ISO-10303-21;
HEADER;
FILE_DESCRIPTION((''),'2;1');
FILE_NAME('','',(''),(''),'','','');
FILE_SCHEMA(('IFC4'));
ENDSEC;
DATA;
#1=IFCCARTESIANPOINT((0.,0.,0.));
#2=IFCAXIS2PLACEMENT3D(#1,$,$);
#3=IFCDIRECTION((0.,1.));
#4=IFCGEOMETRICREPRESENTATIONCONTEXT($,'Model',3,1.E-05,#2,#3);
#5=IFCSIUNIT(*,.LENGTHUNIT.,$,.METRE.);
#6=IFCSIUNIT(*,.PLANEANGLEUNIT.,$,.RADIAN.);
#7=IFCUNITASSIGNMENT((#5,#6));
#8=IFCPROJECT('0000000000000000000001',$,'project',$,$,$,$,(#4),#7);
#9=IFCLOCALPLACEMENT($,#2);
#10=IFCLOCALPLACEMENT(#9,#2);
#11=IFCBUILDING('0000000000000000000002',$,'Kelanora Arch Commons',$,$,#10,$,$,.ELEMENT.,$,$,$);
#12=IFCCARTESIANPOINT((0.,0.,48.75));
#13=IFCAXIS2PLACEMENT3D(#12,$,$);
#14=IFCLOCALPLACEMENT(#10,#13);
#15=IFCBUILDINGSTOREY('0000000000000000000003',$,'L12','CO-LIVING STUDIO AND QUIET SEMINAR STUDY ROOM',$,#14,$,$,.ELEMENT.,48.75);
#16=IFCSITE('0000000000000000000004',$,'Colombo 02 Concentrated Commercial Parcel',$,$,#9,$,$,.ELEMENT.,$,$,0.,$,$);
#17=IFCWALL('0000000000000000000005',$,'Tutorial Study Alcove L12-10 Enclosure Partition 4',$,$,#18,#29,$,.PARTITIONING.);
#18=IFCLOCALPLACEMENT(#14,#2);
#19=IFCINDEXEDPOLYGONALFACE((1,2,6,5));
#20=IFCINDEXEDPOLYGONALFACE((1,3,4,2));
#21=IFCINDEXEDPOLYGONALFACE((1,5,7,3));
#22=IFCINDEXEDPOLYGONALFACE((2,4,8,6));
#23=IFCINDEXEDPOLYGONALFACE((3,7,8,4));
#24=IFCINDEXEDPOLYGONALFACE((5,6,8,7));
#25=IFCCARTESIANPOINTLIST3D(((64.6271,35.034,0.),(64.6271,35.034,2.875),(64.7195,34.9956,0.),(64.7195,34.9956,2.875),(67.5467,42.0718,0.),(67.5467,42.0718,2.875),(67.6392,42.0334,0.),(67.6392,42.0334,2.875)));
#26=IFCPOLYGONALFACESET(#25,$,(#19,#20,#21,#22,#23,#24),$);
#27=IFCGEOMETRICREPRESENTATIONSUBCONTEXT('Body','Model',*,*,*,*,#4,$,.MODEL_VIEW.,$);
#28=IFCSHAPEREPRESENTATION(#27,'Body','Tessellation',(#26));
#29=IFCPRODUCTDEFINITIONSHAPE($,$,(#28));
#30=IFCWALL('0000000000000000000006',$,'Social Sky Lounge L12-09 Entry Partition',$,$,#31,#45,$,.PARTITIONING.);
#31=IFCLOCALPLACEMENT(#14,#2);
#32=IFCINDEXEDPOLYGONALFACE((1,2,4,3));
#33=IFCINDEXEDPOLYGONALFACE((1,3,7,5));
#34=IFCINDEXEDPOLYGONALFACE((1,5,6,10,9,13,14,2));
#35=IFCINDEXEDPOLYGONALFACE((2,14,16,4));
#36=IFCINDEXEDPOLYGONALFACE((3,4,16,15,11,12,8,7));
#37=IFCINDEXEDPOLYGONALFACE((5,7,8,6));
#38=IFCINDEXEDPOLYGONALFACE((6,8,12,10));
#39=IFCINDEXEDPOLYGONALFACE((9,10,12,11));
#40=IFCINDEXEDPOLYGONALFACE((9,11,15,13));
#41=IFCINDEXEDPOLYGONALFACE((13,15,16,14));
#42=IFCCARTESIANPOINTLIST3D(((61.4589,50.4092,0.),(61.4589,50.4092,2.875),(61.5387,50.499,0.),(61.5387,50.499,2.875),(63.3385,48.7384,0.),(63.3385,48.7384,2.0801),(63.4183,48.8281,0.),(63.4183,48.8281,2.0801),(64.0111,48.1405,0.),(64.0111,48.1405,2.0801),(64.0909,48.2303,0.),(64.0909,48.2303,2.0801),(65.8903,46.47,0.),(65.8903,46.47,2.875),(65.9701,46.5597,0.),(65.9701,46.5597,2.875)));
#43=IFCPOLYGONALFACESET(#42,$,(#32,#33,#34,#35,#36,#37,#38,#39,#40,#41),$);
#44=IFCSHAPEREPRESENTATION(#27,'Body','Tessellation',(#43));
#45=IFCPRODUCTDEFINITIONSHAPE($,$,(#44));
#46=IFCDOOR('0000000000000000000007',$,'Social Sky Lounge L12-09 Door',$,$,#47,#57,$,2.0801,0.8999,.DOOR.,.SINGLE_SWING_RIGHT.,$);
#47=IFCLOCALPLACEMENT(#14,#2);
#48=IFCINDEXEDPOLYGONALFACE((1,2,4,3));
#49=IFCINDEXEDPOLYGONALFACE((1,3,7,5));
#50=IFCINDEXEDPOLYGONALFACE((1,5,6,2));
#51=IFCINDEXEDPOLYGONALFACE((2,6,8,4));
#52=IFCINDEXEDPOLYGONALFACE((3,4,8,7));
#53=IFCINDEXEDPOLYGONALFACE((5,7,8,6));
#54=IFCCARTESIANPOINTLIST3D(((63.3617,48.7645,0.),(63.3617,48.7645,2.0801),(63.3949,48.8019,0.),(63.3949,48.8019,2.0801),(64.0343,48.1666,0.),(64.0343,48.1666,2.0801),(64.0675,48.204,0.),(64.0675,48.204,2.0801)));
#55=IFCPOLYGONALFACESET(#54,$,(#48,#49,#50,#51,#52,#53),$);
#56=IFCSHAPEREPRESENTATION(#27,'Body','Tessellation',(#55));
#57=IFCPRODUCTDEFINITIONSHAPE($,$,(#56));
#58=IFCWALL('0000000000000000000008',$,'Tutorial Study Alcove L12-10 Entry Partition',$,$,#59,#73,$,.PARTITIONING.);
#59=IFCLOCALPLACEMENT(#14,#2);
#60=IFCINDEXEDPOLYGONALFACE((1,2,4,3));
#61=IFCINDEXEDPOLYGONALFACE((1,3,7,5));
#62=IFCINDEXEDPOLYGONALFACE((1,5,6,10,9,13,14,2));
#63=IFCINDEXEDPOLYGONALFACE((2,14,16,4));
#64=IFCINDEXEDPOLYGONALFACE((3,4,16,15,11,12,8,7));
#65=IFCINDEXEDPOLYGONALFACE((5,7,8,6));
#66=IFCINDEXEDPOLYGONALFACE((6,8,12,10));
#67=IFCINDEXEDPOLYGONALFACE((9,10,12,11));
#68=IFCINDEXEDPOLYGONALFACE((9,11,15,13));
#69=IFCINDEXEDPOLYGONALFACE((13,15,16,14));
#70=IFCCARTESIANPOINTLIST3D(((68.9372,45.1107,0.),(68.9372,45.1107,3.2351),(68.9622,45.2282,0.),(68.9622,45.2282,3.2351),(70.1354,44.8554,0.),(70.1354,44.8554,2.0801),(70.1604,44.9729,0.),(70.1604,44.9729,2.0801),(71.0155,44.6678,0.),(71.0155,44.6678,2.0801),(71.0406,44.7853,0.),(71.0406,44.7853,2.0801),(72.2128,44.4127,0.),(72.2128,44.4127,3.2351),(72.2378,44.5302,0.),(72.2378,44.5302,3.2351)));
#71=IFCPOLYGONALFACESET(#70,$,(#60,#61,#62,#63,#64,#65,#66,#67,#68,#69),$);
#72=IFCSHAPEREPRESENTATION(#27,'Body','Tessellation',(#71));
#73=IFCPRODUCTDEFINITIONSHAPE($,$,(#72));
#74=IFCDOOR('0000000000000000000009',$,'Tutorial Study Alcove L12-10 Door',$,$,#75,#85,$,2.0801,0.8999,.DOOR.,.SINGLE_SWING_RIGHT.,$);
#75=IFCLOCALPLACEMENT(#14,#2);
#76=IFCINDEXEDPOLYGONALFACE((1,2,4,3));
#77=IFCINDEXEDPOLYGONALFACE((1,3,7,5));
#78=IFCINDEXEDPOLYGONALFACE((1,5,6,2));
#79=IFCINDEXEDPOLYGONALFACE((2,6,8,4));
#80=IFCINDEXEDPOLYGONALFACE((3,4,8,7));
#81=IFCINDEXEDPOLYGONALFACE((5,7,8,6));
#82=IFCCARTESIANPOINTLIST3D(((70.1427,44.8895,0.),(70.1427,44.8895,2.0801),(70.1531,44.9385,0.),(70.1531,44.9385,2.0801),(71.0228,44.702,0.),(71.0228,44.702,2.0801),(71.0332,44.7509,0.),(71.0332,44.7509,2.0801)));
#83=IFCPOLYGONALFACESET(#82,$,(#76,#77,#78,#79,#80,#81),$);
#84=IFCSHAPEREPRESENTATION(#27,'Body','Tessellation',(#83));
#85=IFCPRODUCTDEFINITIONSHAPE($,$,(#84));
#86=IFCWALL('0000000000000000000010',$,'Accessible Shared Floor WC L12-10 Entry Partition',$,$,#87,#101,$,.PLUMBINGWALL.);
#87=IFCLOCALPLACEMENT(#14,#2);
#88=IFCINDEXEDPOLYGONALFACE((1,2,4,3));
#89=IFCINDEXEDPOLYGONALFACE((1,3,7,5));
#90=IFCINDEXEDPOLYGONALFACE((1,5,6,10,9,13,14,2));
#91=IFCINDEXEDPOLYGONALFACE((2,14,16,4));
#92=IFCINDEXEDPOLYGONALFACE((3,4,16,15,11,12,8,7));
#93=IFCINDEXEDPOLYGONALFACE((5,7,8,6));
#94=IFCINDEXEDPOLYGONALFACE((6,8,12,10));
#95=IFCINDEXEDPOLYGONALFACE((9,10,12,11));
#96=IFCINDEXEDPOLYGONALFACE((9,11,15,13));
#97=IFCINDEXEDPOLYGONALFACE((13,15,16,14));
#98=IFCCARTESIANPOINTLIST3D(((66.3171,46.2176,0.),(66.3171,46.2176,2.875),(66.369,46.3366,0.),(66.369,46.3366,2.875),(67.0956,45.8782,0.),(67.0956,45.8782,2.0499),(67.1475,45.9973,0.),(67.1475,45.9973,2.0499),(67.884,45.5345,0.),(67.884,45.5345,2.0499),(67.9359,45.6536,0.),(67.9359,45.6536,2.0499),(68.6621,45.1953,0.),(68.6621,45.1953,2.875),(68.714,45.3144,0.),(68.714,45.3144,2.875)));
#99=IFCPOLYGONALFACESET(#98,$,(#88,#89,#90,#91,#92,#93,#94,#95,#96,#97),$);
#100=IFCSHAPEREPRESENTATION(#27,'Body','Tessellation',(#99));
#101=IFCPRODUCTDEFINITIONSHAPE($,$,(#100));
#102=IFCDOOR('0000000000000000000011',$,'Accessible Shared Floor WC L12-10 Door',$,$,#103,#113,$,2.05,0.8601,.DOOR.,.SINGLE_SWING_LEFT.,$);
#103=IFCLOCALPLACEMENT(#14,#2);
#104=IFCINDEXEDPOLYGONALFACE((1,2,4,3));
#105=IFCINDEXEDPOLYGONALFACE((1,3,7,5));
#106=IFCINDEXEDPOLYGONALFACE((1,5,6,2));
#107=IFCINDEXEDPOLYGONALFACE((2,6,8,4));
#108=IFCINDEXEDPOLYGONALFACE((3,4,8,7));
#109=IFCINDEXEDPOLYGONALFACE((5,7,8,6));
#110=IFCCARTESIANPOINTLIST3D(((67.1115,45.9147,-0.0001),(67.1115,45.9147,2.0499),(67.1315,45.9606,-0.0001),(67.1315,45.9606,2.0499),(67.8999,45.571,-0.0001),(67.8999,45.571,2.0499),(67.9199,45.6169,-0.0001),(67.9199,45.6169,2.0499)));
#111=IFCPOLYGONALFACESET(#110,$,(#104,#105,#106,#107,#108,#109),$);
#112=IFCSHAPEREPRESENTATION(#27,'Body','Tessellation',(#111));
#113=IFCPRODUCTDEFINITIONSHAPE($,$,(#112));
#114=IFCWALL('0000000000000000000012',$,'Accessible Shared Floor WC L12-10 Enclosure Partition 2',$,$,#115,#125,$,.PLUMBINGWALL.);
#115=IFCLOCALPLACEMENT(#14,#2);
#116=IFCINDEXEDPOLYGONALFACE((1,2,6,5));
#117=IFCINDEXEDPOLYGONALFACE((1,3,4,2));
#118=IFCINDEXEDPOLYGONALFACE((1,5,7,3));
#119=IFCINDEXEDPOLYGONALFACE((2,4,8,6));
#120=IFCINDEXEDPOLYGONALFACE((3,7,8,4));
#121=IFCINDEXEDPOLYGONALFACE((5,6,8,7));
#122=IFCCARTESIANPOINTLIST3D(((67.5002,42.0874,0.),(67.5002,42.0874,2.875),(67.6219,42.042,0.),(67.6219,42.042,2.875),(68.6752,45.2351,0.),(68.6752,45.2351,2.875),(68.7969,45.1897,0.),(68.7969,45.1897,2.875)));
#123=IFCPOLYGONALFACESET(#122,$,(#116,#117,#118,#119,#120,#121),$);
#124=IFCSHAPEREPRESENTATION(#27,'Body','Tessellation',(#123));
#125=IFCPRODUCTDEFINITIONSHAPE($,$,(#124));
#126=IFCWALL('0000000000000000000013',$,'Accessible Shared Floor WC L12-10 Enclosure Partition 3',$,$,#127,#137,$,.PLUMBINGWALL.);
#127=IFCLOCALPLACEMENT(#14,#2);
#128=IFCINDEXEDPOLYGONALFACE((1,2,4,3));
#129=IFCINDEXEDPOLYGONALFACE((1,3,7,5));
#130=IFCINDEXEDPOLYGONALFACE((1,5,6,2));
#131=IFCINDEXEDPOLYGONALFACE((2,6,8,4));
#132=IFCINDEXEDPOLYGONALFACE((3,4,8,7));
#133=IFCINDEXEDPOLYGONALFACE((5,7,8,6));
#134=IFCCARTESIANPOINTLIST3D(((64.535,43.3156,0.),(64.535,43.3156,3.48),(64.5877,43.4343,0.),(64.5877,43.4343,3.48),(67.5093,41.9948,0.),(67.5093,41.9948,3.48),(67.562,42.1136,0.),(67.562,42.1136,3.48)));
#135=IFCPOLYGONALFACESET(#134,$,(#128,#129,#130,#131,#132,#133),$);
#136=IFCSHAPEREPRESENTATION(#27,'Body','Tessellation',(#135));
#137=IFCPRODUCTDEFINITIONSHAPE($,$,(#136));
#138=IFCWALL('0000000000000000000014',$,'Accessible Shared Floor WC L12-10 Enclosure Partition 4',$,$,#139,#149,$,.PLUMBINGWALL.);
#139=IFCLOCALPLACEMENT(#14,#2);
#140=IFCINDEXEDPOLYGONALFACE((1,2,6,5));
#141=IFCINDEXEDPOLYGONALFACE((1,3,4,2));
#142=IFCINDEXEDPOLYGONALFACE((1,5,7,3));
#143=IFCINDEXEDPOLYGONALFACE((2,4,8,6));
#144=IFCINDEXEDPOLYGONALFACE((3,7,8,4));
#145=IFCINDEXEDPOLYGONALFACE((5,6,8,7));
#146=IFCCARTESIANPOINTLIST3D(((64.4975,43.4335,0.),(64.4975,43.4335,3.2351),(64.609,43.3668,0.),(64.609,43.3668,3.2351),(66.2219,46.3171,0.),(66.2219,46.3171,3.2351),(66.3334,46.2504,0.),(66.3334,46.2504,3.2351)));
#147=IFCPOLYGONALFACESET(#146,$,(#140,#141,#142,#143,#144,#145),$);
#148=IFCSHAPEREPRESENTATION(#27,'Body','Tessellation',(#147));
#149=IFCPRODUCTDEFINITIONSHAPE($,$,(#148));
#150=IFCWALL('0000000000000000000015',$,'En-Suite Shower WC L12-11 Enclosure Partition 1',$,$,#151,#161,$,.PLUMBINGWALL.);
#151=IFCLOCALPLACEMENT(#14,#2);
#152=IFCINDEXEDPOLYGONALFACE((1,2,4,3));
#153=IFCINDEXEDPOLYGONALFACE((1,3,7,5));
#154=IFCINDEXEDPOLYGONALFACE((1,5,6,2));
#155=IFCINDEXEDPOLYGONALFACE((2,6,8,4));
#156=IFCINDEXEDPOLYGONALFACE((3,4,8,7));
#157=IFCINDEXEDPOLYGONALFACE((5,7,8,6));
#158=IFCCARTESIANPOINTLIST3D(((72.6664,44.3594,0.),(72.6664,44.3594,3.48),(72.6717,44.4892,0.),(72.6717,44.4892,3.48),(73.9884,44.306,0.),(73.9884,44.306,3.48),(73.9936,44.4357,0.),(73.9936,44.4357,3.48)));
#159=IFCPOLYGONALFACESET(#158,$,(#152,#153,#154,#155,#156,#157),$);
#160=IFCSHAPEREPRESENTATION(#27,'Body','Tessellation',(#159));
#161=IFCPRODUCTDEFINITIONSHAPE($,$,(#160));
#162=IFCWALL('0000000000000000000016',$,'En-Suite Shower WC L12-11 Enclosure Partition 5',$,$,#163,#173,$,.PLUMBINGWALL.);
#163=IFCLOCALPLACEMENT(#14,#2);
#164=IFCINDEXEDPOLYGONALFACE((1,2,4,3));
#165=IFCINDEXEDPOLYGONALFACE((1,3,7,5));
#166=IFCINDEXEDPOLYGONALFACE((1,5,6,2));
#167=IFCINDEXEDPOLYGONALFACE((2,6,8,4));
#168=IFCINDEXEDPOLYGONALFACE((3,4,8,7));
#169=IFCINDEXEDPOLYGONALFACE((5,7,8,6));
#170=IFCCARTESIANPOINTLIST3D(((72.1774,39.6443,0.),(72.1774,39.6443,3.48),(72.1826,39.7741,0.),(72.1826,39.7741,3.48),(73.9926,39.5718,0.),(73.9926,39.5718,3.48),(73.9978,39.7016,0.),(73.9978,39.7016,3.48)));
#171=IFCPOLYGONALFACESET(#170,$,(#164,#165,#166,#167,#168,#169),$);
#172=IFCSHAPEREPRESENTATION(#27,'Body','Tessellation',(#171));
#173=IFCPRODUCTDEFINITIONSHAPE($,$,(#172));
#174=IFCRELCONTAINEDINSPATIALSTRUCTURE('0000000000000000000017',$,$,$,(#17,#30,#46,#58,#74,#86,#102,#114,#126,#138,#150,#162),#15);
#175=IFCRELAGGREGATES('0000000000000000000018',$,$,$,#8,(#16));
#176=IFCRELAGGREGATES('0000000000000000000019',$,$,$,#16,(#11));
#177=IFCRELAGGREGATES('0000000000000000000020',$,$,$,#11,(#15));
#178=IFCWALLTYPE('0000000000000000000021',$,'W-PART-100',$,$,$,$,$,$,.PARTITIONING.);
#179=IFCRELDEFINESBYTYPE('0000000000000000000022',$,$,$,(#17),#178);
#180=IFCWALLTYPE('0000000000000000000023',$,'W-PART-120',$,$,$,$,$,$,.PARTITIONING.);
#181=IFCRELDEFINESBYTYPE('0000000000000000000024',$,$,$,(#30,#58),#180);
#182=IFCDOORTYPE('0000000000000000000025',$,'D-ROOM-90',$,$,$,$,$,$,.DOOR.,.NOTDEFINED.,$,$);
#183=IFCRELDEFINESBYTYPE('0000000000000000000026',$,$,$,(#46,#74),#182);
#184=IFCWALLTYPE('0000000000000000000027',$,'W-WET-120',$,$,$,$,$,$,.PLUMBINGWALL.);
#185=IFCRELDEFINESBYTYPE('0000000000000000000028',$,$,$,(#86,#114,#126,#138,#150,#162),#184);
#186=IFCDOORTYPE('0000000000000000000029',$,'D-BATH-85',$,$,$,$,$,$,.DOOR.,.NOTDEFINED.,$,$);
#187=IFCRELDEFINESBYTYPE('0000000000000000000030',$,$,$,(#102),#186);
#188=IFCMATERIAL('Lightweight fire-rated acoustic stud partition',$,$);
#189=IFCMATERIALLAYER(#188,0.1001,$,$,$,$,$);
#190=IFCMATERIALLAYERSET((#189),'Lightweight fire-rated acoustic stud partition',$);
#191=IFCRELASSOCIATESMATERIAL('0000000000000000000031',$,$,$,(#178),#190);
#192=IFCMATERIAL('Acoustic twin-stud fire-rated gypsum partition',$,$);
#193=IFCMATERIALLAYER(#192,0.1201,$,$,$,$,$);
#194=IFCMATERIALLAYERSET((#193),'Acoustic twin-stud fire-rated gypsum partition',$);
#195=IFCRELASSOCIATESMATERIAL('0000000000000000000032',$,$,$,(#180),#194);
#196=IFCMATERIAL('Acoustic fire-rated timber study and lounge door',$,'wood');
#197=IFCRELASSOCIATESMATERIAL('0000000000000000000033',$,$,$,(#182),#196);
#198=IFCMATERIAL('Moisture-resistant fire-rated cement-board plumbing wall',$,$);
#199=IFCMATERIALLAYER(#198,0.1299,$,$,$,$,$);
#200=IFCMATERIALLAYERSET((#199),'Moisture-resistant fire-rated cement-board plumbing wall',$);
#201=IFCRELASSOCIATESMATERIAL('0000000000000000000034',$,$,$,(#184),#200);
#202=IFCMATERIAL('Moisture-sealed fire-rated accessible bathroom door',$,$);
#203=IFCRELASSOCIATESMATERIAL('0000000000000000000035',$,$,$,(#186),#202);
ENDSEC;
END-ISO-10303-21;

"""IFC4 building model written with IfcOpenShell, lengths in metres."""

from ifc_helpers import new_model, si_unit, direction, frame, frame_2d, origin, place, context, subcontext, project, spatial, rectangle, extrude, material, layer, layer_set, type_object, element, fill, save


model = new_model("IFC4")

# Units and contexts
model_context = context("Model", 3, precision=1e-05, world=origin(), true_north=direction((0.0, 1.0)))
body_context = subcontext(model_context, "Body", "Model", "MODEL_VIEW")
ifc_project = project(units=[si_unit("LENGTHUNIT", "METRE"), si_unit("PLANEANGLEUNIT", "RADIAN")], contexts=[model_context])

# Site, building, storey
site_placement = place(None, origin())
site = spatial("IfcSite", under=ifc_project, at=site_placement, Name="Colombo 02 Concentrated Commercial Parcel", CompositionType="ELEMENT", RefElevation=0.0)
building_placement = place(site_placement, origin())
building = spatial("IfcBuilding", under=site, at=building_placement, Name="Kelanora Arch Commons", CompositionType="ELEMENT")
storey_placement = place(building_placement, frame((0.0, 0.0, 48.75)))
storey = spatial("IfcBuildingStorey", under=building, at=storey_placement, Name="L12", Description="CO-LIVING STUDIO AND QUIET SEMINAR STUDY ROOM", CompositionType="ELEMENT", Elevation=48.75)

# Wall
ifc_material_1 = material(Name="Lightweight fire-rated acoustic stud partition")
ifc_layer_1 = layer(ifc_material_1, 0.1001)
ifc_layer_set_1 = layer_set([ifc_layer_1], Name="Lightweight fire-rated acoustic stud partition")
wall_type_1 = type_object("IfcWallType", Name="W-PART-100", PredefinedType="PARTITIONING", material=ifc_layer_set_1)
wall_1_placement = place(storey_placement, frame((64.6733, 35.0149, 0.0), z_axis=(0.0, 0.0, 1.0), x_axis=(0.383188, 0.92367, 0.0)))
element("IfcWall", 1, at=wall_1_placement, inside=storey, type_object=wall_type_1, Name="Tutorial Study Alcove L12-10 Enclosure Partition 4", PredefinedType="PARTITIONING", context=body_context, shape_type="SweptSolid", body=[
    extrude(rectangle(XDim=7.6194, YDim=0.1001, at=frame_2d((3.8096, 0.0))), origin(), (0.0, 0.0, 1.0), 2.875),
])

# Walls, openings, doors
ifc_material_2 = material(Name="Acoustic twin-stud fire-rated gypsum partition")
ifc_layer_2 = layer(ifc_material_2, 0.1201)
ifc_layer_set_2 = layer_set([ifc_layer_2], Name="Acoustic twin-stud fire-rated gypsum partition")
wall_type_2 = type_object("IfcWallType", Name="W-PART-120", PredefinedType="PARTITIONING", material=ifc_layer_set_2)
wall_2_placement = place(storey_placement, frame((61.4988, 50.4541, 0.0), z_axis=(0.0, 0.0, 1.0), x_axis=(0.747393, -0.664382, 0.0)))
wall_2 = element("IfcWall", 2, at=wall_2_placement, inside=storey, type_object=wall_type_2, Name="Social Sky Lounge L12-09 Entry Partition", PredefinedType="PARTITIONING", context=body_context, shape_type="SweptSolid", body=[
    extrude(rectangle(XDim=5.9292, YDim=0.1201, at=frame_2d((2.9646, 0.0))), origin(), (0.0, 0.0, 1.0), 2.875),
])
opening_1_placement = place(wall_2_placement, frame((2.5149, 0.0, 0.0)))
opening_1 = element("IfcOpeningElement", 3, at=opening_1_placement, cuts=wall_2, PredefinedType="OPENING", context=body_context, shape_type="SweptSolid", body=[
    extrude(rectangle(XDim=0.8999, YDim=2.0801, at=frame_2d((0.45, 1.04))), frame((0.0, 0.0701, 0.0), z_axis=(0.0, -1.0, 0.0), x_axis=(1.0, 0.0, 0.0)), (0.0, 0.0, 1.0), 0.1401),
])
ifc_material_3 = material(Name="Acoustic fire-rated timber study and lounge door", Category="wood")
door_type_1 = type_object("IfcDoorType", Name="D-ROOM-90", OperationType="NOTDEFINED", PredefinedType="DOOR", material=ifc_material_3)
door_1_placement = place(opening_1_placement, origin())
door_1 = element("IfcDoor", 4, at=door_1_placement, inside=storey, type_object=door_type_1, Name="Social Sky Lounge L12-09 Door", OperationType="SINGLE_SWING_RIGHT", OverallHeight=2.0801, OverallWidth=0.8999, PredefinedType="DOOR", context=body_context, shape_type="SweptSolid", body=[
    extrude(rectangle(XDim=0.8999, YDim=2.0801, at=frame_2d((0.45, 1.04))), frame((0.0, 0.0249, 0.0), z_axis=(0.0, -1.0, 0.0), x_axis=(1.0, 0.0, 0.0)), (0.0, 0.0, 1.0), 0.05),
])
fill(opening_1, door_1)
wall_3_placement = place(storey_placement, frame((68.9497, 45.1694, 0.0), z_axis=(0.0, 0.0, 1.0), x_axis=(0.978042, -0.208409, 0.0)))
wall_3 = element("IfcWall", 5, at=wall_3_placement, inside=storey, type_object=wall_type_2, Name="Tutorial Study Alcove L12-10 Entry Partition", PredefinedType="PARTITIONING", context=body_context, shape_type="SweptSolid", body=[
    extrude(rectangle(XDim=3.3491, YDim=0.1201, at=frame_2d((1.6746, 0.0))), origin(), (0.0, 0.0, 1.0), 3.2351),
])
opening_2_placement = place(wall_3_placement, frame((1.2251, 0.0, 0.0)))
opening_2 = element("IfcOpeningElement", 6, at=opening_2_placement, cuts=wall_3, PredefinedType="OPENING", context=body_context, shape_type="SweptSolid", body=[
    extrude(rectangle(XDim=0.8999, YDim=2.0801, at=frame_2d((0.45, 1.04))), frame((0.0, 0.0701, 0.0), z_axis=(0.0, -1.0, 0.0), x_axis=(1.0, 0.0, 0.0)), (0.0, 0.0, 1.0), 0.1401),
])
door_2_placement = place(opening_2_placement, origin())
door_2 = element("IfcDoor", 7, at=door_2_placement, inside=storey, type_object=door_type_1, Name="Tutorial Study Alcove L12-10 Door", OperationType="SINGLE_SWING_RIGHT", OverallHeight=2.0801, OverallWidth=0.8999, PredefinedType="DOOR", context=body_context, shape_type="SweptSolid", body=[
    extrude(rectangle(XDim=0.8999, YDim=2.0801, at=frame_2d((0.45, 1.04))), frame((0.0, 0.0249, 0.0), z_axis=(0.0, -1.0, 0.0), x_axis=(1.0, 0.0, 0.0)), (0.0, 0.0, 1.0), 0.05),
])
fill(opening_2, door_2)
ifc_material_4 = material(Name="Moisture-resistant fire-rated cement-board plumbing wall")
ifc_layer_3 = layer(ifc_material_4, 0.1299)
ifc_layer_set_3 = layer_set([ifc_layer_3], Name="Moisture-resistant fire-rated cement-board plumbing wall")
wall_type_3 = type_object("IfcWallType", Name="W-WET-120", PredefinedType="PLUMBINGWALL", material=ifc_layer_set_3)
wall_4_placement = place(storey_placement, frame((66.343, 46.2771, 0.0), z_axis=(0.0, 0.0, 1.0), x_axis=(0.916689, -0.399602, 0.0)))
wall_4 = element("IfcWall", 8, at=wall_4_placement, inside=storey, type_object=wall_type_3, Name="Accessible Shared Floor WC L12-10 Entry Partition", PredefinedType="PLUMBINGWALL", context=body_context, shape_type="SweptSolid", body=[
    extrude(rectangle(XDim=2.5581, YDim=0.1299, at=frame_2d((1.2791, 0.0))), origin(), (0.0, 0.0, 1.0), 2.875),
])
opening_3_placement = place(wall_4_placement, frame((0.8491, 0.0, 0.0)))
opening_3 = element("IfcOpeningElement", 9, at=opening_3_placement, cuts=wall_4, PredefinedType="OPENING", context=body_context, shape_type="SweptSolid", body=[
    extrude(rectangle(XDim=0.8601, YDim=2.05, at=frame_2d((0.4302, 1.0249))), frame((0.0, 0.075, 0.0), z_axis=(0.0, -1.0, 0.0), x_axis=(1.0, 0.0, 0.0)), (0.0, 0.0, 1.0), 0.1499),
])
ifc_material_5 = material(Name="Moisture-sealed fire-rated accessible bathroom door")
door_type_2 = type_object("IfcDoorType", Name="D-BATH-85", OperationType="NOTDEFINED", PredefinedType="DOOR", material=ifc_material_5)
door_3_placement = place(opening_3_placement, origin())
door_3 = element("IfcDoor", 10, at=door_3_placement, inside=storey, type_object=door_type_2, Name="Accessible Shared Floor WC L12-10 Door", OperationType="SINGLE_SWING_LEFT", OverallHeight=2.05, OverallWidth=0.8601, PredefinedType="DOOR", context=body_context, shape_type="SweptSolid", body=[
    extrude(rectangle(XDim=0.8601, YDim=2.05, at=frame_2d((0.4302, 1.0249))), frame((0.0, 0.0249, 0.0), z_axis=(0.0, -1.0, 0.0), x_axis=(1.0, 0.0, 0.0)), (0.0, 0.0, 1.0), 0.05),
])
fill(opening_3, door_3)

# Walls
wall_5_placement = place(storey_placement, frame((68.7361, 45.2124, 0.0), z_axis=(0.0, 0.0, 1.0), x_axis=(-0.34973, -0.936851, 0.0)))
element("IfcWall", 11, at=wall_5_placement, inside=storey, type_object=wall_type_3, Name="Accessible Shared Floor WC L12-10 Enclosure Partition 2", PredefinedType="PLUMBINGWALL", context=body_context, shape_type="SweptSolid", body=[
    extrude(rectangle(XDim=3.3599, YDim=0.1299, at=frame_2d((1.6799, 0.0))), origin(), (0.0, 0.0, 1.0), 2.875),
])
wall_6_placement = place(storey_placement, frame((67.5356, 42.0542, 0.0), z_axis=(0.0, 0.0, 1.0), x_axis=(-0.913941, 0.405846, 0.0)))
element("IfcWall", 12, at=wall_6_placement, inside=storey, type_object=wall_type_3, Name="Accessible Shared Floor WC L12-10 Enclosure Partition 3", PredefinedType="PLUMBINGWALL", context=body_context, shape_type="SweptSolid", body=[
    extrude(rectangle(XDim=3.2544, YDim=0.1299, at=frame_2d((1.6272, 0.0))), origin(), (0.0, 0.0, 1.0), 3.48),
])
wall_7_placement = place(storey_placement, frame((64.5532, 43.4001, 0.0), z_axis=(0.0, 0.0, 1.0), x_axis=(0.513234, 0.858249, 0.0)))
element("IfcWall", 13, at=wall_7_placement, inside=storey, type_object=wall_type_3, Name="Accessible Shared Floor WC L12-10 Enclosure Partition 4", PredefinedType="PLUMBINGWALL", context=body_context, shape_type="SweptSolid", body=[
    extrude(rectangle(XDim=3.3599, YDim=0.1299, at=frame_2d((1.6799, 0.0))), origin(), (0.0, 0.0, 1.0), 3.2351),
])
wall_8_placement = place(storey_placement, frame((72.6689, 44.4243, 0.0), z_axis=(0.0, 0.0, 1.0), x_axis=(0.999183, -0.04041, 0.0)))
element("IfcWall", 14, at=wall_8_placement, inside=storey, type_object=wall_type_3, Name="En-Suite Shower WC L12-11 Enclosure Partition 1", PredefinedType="PLUMBINGWALL", context=body_context, shape_type="SweptSolid", body=[
    extrude(rectangle(XDim=1.323, YDim=0.1299, at=frame_2d((0.6616, 0.0))), origin(), (0.0, 0.0, 1.0), 3.48),
])
wall_9_placement = place(storey_placement, frame((73.9951, 39.6367, 0.0), z_axis=(0.0, 0.0, 1.0), x_axis=(-0.999203, 0.039914, 0.0)))
element("IfcWall", 15, at=wall_9_placement, inside=storey, type_object=wall_type_3, Name="En-Suite Shower WC L12-11 Enclosure Partition 5", PredefinedType="PLUMBINGWALL", context=body_context, shape_type="SweptSolid", body=[
    extrude(rectangle(XDim=1.8167, YDim=0.1299, at=frame_2d((0.9082, 0.0))), origin(), (0.0, 0.0, 1.0), 3.48),
])

save(model, "model.ifc")
